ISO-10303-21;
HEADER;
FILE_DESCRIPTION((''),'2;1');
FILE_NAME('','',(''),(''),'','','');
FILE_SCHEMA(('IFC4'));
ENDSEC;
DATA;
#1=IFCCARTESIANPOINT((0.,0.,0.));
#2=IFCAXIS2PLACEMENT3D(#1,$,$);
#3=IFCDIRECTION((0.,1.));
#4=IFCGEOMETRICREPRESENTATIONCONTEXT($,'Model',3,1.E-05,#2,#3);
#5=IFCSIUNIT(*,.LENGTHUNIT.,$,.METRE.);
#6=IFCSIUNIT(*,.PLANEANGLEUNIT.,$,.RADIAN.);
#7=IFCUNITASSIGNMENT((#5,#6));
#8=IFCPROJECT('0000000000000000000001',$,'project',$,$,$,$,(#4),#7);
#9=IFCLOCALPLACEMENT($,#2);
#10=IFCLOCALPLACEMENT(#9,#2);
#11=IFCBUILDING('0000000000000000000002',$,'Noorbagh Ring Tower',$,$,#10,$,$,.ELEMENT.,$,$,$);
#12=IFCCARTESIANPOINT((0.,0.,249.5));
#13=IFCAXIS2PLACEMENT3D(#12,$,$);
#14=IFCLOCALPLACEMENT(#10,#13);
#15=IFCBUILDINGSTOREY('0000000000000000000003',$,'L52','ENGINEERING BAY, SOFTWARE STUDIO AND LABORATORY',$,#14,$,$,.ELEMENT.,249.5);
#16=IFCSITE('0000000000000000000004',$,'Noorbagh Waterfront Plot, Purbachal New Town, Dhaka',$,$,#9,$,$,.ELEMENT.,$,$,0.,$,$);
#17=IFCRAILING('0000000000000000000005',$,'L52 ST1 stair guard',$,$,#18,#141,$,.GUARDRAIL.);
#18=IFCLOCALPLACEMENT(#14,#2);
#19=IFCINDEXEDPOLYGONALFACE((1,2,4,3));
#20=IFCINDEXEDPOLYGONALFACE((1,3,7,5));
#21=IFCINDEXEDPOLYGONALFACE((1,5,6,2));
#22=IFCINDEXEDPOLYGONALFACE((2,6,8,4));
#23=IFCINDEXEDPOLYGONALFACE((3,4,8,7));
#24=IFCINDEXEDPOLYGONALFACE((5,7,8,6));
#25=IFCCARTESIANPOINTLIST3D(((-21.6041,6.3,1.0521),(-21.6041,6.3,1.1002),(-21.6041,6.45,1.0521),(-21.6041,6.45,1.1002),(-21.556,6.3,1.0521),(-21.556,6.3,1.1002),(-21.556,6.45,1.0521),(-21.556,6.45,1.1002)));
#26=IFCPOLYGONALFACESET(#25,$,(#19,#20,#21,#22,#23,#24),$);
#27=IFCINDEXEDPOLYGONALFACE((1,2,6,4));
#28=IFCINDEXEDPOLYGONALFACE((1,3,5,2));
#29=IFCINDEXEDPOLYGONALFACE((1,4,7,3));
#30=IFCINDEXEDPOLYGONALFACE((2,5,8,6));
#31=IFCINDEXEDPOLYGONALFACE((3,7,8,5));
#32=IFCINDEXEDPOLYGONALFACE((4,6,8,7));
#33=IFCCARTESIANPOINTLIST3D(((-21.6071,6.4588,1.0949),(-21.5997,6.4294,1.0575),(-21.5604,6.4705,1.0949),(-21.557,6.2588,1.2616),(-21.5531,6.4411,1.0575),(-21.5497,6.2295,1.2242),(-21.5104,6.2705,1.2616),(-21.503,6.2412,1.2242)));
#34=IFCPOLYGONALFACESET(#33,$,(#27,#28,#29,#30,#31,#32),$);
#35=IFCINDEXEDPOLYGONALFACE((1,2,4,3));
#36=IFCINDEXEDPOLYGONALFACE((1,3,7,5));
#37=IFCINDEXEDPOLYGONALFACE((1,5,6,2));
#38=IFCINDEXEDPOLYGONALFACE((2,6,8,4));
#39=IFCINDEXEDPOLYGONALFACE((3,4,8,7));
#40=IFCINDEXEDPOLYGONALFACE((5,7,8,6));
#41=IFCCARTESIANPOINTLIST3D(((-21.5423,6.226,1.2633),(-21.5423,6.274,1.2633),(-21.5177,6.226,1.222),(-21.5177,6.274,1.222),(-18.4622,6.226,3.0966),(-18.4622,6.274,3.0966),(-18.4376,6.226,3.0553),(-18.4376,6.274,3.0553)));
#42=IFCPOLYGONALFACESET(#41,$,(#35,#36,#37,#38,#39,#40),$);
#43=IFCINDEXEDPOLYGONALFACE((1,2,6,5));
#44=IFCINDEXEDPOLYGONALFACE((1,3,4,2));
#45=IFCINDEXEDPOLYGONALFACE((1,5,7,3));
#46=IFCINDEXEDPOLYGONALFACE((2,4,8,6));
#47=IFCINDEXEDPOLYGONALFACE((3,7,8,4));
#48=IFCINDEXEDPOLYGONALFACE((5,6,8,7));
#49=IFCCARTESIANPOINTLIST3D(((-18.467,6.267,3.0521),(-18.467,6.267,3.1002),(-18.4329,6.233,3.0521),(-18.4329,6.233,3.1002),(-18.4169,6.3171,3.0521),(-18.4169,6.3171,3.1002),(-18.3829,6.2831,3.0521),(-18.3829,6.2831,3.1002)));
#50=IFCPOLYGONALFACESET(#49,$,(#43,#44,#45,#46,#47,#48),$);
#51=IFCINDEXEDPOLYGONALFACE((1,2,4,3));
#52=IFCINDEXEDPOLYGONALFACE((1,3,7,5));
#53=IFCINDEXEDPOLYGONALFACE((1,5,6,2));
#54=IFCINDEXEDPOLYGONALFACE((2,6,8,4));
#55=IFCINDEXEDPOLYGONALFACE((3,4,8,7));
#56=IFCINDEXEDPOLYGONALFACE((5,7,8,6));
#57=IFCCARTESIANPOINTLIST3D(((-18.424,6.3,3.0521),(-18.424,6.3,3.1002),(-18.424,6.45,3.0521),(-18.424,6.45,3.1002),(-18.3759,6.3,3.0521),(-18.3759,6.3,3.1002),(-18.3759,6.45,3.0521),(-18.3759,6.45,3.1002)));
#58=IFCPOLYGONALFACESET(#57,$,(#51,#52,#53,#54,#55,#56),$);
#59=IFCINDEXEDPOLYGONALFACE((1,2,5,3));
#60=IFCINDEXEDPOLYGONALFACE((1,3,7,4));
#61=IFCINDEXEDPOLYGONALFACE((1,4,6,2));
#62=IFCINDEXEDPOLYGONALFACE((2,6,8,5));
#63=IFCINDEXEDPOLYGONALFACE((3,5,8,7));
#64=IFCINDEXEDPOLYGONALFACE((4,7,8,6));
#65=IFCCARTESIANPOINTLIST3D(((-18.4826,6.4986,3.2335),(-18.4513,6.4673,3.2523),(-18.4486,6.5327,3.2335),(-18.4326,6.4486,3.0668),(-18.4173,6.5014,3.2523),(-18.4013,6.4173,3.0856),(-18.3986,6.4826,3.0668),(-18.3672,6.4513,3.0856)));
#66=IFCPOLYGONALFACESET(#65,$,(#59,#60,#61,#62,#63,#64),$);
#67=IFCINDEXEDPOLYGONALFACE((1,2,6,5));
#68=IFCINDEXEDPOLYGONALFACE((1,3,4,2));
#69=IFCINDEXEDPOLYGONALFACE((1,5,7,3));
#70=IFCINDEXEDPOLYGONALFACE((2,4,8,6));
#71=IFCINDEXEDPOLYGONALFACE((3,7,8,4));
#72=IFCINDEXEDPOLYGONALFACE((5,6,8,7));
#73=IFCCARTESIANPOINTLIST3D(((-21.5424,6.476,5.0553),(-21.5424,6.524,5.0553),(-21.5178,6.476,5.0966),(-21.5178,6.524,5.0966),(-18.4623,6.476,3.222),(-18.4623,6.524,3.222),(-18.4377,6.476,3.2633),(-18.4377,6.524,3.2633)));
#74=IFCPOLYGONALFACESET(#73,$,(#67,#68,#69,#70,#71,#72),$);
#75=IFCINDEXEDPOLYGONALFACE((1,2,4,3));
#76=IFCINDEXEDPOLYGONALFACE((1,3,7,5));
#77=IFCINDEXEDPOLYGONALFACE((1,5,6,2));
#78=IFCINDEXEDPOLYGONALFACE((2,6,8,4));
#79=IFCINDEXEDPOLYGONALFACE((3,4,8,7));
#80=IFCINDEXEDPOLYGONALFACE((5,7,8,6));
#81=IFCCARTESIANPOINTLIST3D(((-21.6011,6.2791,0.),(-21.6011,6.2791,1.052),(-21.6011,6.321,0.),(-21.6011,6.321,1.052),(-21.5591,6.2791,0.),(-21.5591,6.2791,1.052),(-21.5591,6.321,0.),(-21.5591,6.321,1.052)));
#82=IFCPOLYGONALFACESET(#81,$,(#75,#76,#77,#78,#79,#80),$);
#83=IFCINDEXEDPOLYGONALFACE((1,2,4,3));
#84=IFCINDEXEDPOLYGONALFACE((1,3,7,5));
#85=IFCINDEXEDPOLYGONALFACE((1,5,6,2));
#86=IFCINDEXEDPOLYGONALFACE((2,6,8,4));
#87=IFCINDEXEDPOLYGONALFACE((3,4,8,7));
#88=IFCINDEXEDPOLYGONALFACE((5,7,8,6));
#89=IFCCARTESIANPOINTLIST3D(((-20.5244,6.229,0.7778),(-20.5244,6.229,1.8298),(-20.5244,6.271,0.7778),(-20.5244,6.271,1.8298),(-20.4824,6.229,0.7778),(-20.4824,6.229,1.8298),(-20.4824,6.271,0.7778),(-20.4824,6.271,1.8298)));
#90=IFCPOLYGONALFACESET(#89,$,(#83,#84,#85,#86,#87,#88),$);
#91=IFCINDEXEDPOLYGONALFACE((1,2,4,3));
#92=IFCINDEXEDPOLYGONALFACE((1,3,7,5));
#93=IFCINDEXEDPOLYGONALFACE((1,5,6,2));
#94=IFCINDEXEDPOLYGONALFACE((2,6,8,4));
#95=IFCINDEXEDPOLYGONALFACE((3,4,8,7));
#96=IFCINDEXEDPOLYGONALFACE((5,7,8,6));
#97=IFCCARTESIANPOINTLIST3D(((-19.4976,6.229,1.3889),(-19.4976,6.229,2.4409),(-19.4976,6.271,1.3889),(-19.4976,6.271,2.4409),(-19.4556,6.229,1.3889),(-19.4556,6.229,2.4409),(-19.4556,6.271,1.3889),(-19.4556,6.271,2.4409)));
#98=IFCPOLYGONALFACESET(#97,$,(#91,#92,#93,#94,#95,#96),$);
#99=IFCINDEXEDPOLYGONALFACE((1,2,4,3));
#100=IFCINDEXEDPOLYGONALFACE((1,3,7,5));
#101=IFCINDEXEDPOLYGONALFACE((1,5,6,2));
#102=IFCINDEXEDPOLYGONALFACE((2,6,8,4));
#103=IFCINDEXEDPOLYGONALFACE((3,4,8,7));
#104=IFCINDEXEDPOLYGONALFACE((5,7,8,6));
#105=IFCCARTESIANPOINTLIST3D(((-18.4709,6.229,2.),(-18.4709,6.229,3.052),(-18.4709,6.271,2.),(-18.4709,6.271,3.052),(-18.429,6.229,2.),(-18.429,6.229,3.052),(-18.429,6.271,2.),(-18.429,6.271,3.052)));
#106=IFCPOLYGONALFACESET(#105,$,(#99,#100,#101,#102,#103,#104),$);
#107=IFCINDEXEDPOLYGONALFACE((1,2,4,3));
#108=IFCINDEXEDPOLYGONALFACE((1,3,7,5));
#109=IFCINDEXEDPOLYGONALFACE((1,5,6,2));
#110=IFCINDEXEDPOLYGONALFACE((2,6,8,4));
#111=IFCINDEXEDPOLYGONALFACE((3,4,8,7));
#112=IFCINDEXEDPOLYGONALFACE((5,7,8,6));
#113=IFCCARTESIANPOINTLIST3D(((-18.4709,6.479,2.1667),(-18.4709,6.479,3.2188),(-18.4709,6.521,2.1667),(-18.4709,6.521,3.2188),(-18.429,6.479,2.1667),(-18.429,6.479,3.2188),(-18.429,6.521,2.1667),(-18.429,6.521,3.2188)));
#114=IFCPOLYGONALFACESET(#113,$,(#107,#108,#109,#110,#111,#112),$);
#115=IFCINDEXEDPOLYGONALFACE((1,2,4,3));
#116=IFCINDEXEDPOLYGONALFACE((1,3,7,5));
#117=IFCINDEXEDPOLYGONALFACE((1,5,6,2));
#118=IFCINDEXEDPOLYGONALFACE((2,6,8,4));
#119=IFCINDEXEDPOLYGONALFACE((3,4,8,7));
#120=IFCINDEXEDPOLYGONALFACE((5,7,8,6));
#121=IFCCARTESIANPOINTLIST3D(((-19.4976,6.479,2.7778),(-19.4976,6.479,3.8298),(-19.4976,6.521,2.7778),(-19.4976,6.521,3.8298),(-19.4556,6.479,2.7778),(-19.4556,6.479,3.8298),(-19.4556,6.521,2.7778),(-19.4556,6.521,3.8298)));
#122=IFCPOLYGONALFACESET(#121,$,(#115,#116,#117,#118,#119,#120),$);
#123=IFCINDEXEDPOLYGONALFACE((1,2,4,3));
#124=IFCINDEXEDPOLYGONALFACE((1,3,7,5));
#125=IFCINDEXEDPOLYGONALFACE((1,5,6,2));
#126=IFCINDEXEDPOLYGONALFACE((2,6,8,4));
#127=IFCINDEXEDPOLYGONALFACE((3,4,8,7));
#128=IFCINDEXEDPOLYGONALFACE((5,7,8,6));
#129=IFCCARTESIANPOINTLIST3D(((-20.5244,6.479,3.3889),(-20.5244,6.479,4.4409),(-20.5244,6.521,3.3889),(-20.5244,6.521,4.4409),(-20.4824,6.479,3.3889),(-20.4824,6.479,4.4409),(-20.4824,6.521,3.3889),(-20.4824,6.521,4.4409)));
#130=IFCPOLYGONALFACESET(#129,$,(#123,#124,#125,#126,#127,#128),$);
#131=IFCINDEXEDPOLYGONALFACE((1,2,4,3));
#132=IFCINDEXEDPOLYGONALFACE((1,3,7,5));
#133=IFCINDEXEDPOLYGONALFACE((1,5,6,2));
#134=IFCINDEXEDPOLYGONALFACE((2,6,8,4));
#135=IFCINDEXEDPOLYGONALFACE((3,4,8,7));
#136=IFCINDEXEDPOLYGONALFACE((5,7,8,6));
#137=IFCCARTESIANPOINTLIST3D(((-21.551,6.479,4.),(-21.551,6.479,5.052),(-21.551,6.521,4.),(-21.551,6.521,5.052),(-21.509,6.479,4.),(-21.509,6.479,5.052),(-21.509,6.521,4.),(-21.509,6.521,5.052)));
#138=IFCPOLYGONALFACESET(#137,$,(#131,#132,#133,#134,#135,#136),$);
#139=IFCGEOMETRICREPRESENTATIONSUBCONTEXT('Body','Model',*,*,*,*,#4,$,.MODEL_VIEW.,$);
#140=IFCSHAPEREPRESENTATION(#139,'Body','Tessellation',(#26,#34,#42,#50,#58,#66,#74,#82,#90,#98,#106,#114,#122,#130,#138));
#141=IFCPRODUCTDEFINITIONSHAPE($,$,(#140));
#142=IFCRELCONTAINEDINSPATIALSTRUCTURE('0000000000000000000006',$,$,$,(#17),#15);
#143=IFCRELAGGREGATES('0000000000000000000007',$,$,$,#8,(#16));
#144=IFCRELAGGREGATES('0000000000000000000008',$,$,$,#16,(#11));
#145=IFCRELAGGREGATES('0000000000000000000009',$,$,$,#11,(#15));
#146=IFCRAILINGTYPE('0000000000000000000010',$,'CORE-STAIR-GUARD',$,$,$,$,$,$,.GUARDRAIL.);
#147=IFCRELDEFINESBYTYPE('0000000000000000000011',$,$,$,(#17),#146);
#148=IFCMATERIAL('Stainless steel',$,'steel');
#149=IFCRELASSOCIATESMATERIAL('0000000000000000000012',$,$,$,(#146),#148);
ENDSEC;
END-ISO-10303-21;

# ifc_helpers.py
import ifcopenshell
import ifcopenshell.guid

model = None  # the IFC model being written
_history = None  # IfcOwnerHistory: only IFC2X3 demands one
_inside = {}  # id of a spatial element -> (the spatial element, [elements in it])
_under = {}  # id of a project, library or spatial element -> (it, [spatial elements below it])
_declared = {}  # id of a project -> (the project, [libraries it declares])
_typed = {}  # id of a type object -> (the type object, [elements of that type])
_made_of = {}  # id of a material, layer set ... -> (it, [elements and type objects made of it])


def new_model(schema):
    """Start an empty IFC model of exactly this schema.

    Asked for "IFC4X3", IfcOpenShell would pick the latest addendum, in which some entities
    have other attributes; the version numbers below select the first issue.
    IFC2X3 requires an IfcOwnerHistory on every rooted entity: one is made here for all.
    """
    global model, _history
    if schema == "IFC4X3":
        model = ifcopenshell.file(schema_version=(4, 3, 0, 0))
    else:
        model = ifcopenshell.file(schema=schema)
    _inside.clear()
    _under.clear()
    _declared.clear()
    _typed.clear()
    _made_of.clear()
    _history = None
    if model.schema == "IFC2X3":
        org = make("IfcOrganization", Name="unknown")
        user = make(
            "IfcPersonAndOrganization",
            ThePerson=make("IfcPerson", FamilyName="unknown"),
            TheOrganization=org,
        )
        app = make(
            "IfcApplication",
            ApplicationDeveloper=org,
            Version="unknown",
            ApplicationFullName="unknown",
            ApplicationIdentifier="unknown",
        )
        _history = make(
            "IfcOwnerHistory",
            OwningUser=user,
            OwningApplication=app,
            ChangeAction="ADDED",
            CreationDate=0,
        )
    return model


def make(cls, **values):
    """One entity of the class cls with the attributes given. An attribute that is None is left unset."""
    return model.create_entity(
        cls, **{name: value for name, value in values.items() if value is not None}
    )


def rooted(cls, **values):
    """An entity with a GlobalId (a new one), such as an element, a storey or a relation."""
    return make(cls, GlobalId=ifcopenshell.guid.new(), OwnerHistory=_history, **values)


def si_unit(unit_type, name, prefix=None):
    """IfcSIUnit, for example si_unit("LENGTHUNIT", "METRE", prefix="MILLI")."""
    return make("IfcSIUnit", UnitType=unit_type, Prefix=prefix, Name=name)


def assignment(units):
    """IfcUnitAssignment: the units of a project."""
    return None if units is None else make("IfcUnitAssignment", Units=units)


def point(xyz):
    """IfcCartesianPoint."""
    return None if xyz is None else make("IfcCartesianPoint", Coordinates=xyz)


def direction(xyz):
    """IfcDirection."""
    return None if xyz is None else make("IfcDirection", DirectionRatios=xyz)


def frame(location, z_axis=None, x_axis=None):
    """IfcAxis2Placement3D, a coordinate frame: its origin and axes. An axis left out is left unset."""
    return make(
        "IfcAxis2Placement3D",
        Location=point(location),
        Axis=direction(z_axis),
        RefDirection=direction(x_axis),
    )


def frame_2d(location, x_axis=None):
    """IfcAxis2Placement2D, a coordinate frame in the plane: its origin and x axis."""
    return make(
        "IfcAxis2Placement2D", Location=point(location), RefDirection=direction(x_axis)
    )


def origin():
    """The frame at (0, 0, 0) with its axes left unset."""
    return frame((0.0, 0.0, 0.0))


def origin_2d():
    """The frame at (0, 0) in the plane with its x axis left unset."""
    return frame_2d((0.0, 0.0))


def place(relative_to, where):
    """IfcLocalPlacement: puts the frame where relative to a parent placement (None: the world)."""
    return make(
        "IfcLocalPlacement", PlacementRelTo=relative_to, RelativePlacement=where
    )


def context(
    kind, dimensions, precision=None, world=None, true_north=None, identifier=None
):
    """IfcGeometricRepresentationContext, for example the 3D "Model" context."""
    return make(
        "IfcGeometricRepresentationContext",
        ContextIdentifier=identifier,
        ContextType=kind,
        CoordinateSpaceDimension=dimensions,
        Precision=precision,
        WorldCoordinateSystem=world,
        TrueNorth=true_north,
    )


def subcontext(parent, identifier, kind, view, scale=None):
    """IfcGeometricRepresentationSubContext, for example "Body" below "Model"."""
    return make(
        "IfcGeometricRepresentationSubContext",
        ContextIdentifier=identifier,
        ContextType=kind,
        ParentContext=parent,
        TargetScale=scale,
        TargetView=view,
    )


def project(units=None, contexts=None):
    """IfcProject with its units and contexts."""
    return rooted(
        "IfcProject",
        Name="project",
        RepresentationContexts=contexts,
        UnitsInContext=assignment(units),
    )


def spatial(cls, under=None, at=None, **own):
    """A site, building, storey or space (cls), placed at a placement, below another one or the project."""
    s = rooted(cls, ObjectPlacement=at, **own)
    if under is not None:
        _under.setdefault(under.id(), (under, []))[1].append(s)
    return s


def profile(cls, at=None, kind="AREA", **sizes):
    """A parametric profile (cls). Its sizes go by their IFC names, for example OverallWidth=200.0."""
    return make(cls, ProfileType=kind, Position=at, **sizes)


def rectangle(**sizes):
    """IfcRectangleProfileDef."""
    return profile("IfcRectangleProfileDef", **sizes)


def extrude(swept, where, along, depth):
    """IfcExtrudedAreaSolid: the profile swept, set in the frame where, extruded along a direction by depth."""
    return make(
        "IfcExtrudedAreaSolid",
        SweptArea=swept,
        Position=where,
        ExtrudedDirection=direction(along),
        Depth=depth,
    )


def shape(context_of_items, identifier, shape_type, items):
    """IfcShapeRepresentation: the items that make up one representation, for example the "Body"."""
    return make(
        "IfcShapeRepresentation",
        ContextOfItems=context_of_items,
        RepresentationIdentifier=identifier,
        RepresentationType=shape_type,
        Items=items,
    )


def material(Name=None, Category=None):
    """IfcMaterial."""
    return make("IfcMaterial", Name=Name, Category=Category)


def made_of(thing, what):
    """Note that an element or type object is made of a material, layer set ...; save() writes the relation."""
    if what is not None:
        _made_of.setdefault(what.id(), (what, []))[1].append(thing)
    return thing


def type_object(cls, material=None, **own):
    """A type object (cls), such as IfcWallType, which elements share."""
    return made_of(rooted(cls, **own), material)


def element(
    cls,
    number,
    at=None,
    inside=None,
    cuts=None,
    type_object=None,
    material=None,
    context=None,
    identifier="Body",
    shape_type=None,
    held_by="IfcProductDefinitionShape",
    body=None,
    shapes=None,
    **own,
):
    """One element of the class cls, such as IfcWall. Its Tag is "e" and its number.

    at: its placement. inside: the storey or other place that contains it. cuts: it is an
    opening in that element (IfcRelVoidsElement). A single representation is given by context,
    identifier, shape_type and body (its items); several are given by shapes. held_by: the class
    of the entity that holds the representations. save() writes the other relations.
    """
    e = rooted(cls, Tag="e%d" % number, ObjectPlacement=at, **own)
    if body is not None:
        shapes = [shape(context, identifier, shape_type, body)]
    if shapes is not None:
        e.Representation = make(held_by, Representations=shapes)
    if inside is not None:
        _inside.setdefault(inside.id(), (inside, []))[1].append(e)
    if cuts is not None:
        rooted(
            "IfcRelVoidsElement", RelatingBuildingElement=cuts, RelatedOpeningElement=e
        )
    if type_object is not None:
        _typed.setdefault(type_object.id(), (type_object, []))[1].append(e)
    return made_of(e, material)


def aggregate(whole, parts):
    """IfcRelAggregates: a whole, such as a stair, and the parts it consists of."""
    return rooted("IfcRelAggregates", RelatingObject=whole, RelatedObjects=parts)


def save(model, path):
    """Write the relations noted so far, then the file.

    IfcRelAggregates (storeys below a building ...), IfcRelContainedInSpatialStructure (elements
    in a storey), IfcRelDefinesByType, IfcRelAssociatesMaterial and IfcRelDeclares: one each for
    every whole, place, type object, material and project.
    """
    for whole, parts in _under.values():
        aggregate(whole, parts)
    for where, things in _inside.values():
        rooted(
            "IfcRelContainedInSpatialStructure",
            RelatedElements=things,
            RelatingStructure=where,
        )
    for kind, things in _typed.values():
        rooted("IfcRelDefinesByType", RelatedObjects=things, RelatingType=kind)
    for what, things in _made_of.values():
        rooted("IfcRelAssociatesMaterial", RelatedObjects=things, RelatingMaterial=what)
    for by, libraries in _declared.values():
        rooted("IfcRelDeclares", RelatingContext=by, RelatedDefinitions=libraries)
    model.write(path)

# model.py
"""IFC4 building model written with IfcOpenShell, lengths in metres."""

from ifc_helpers import new_model, si_unit, direction, frame, origin, origin_2d, place, context, subcontext, project, spatial, rectangle, extrude, material, type_object, element, save


model = new_model("IFC4")

# Units and contexts
model_context = context("Model", 3, precision=1e-05, world=origin(), true_north=direction((0.0, 1.0)))
body_context = subcontext(model_context, "Body", "Model", "MODEL_VIEW")
ifc_project = project(units=[si_unit("LENGTHUNIT", "METRE"), si_unit("PLANEANGLEUNIT", "RADIAN")], contexts=[model_context])

# Site, building, storey
site_placement = place(None, origin())
site = spatial("IfcSite", under=ifc_project, at=site_placement, Name="Noorbagh Waterfront Plot, Purbachal New Town, Dhaka", CompositionType="ELEMENT", RefElevation=0.0)
building_placement = place(site_placement, origin())
building = spatial("IfcBuilding", under=site, at=building_placement, Name="Noorbagh Ring Tower", CompositionType="ELEMENT")
storey_placement = place(building_placement, frame((0.0, 0.0, 249.5)))
storey = spatial("IfcBuildingStorey", under=building, at=storey_placement, Name="L52", Description="ENGINEERING BAY, SOFTWARE STUDIO AND LABORATORY", CompositionType="ELEMENT", Elevation=249.5)

# Railing
ifc_material_1 = material(Name="Stainless steel", Category="steel")
railing_type_1 = type_object("IfcRailingType", Name="CORE-STAIR-GUARD", PredefinedType="GUARDRAIL", material=ifc_material_1)
railing_1_placement = place(storey_placement, frame((-21.5801, 6.3, 0.0)))
element("IfcRailing", 1, at=railing_1_placement, inside=storey, type_object=railing_type_1, Name="L52 ST1 stair guard", PredefinedType="GUARDRAIL", context=body_context, shape_type="SweptSolid", body=[
    extrude(rectangle(XDim=0.0481, YDim=0.0481, at=origin_2d()), frame((0.0, 0.0, 1.0762), z_axis=(0.0, 1.0, 0.0), x_axis=(-1.0, 0.0, 0.0)), (0.0, 0.0, 1.0), 0.1499),
    extrude(rectangle(XDim=0.0481, YDim=0.0481, at=origin_2d()), frame((0.0, 0.1499, 1.0762), z_axis=(0.188776, -0.754182, 0.628946), x_axis=(0.970073, 0.242814, 0.0)), (0.0, 0.0, 1.0), 0.2651),
    extrude(rectangle(XDim=0.0481, YDim=0.0481, at=origin_2d()), frame((0.05, -0.05, 1.2427), z_axis=(0.859309, 0.0, 0.511458), x_axis=(0.0, 1.0, 0.0)), (0.0, 0.0, 1.0), 3.5845),
    extrude(rectangle(XDim=0.0481, YDim=0.0481, at=origin_2d()), frame((3.1301, -0.05, 3.0762), z_axis=(0.707107, 0.707107, 0.0), x_axis=(-0.707107, 0.707107, 0.0)), (0.0, 0.0, 1.0), 0.0708),
    extrude(rectangle(XDim=0.0481, YDim=0.0481, at=origin_2d()), frame((3.1802, 0.0, 3.0762), z_axis=(0.0, 1.0, 0.0), x_axis=(-1.0, 0.0, 0.0)), (0.0, 0.0, 1.0), 0.1499),
    extrude(rectangle(XDim=0.0481, YDim=0.0481, at=origin_2d()), frame((3.1802, 0.1499, 3.0762), z_axis=(-0.276287, 0.276287, 0.920506), x_axis=(-0.707107, -0.707107, 0.0)), (0.0, 0.0, 1.0), 0.1812),
    extrude(rectangle(XDim=0.0481, YDim=0.0481, at=origin_2d()), frame((3.1301, 0.2, 3.2427), z_axis=(-0.859309, 0.0, 0.511458), x_axis=(0.0, -1.0, 0.0)), (0.0, 0.0, 1.0), 3.5845),
    extrude(rectangle(XDim=0.042, YDim=0.042, at=origin_2d()), origin(), (0.0, 0.0, 1.0), 1.052),
    extrude(rectangle(XDim=0.042, YDim=0.042, at=origin_2d()), frame((1.0767, -0.05, 0.7778)), (0.0, 0.0, 1.0), 1.052),
    extrude(rectangle(XDim=0.042, YDim=0.042, at=origin_2d()), frame((2.1035, -0.05, 1.3889)), (0.0, 0.0, 1.0), 1.052),
    extrude(rectangle(XDim=0.042, YDim=0.042, at=origin_2d()), frame((3.1301, -0.05, 2.0)), (0.0, 0.0, 1.0), 1.052),
    extrude(rectangle(XDim=0.042, YDim=0.042, at=origin_2d()), frame((3.1301, 0.2, 2.1667)), (0.0, 0.0, 1.0), 1.052),
    extrude(rectangle(XDim=0.042, YDim=0.042, at=origin_2d()), frame((2.1035, 0.2, 2.7778)), (0.0, 0.0, 1.0), 1.052),
    extrude(rectangle(XDim=0.042, YDim=0.042, at=origin_2d()), frame((1.0767, 0.2, 3.3889)), (0.0, 0.0, 1.0), 1.052),
    extrude(rectangle(XDim=0.042, YDim=0.042, at=origin_2d()), frame((0.05, 0.2, 4.0)), (0.0, 0.0, 1.0), 1.052),
])

save(model, "model.ifc")
